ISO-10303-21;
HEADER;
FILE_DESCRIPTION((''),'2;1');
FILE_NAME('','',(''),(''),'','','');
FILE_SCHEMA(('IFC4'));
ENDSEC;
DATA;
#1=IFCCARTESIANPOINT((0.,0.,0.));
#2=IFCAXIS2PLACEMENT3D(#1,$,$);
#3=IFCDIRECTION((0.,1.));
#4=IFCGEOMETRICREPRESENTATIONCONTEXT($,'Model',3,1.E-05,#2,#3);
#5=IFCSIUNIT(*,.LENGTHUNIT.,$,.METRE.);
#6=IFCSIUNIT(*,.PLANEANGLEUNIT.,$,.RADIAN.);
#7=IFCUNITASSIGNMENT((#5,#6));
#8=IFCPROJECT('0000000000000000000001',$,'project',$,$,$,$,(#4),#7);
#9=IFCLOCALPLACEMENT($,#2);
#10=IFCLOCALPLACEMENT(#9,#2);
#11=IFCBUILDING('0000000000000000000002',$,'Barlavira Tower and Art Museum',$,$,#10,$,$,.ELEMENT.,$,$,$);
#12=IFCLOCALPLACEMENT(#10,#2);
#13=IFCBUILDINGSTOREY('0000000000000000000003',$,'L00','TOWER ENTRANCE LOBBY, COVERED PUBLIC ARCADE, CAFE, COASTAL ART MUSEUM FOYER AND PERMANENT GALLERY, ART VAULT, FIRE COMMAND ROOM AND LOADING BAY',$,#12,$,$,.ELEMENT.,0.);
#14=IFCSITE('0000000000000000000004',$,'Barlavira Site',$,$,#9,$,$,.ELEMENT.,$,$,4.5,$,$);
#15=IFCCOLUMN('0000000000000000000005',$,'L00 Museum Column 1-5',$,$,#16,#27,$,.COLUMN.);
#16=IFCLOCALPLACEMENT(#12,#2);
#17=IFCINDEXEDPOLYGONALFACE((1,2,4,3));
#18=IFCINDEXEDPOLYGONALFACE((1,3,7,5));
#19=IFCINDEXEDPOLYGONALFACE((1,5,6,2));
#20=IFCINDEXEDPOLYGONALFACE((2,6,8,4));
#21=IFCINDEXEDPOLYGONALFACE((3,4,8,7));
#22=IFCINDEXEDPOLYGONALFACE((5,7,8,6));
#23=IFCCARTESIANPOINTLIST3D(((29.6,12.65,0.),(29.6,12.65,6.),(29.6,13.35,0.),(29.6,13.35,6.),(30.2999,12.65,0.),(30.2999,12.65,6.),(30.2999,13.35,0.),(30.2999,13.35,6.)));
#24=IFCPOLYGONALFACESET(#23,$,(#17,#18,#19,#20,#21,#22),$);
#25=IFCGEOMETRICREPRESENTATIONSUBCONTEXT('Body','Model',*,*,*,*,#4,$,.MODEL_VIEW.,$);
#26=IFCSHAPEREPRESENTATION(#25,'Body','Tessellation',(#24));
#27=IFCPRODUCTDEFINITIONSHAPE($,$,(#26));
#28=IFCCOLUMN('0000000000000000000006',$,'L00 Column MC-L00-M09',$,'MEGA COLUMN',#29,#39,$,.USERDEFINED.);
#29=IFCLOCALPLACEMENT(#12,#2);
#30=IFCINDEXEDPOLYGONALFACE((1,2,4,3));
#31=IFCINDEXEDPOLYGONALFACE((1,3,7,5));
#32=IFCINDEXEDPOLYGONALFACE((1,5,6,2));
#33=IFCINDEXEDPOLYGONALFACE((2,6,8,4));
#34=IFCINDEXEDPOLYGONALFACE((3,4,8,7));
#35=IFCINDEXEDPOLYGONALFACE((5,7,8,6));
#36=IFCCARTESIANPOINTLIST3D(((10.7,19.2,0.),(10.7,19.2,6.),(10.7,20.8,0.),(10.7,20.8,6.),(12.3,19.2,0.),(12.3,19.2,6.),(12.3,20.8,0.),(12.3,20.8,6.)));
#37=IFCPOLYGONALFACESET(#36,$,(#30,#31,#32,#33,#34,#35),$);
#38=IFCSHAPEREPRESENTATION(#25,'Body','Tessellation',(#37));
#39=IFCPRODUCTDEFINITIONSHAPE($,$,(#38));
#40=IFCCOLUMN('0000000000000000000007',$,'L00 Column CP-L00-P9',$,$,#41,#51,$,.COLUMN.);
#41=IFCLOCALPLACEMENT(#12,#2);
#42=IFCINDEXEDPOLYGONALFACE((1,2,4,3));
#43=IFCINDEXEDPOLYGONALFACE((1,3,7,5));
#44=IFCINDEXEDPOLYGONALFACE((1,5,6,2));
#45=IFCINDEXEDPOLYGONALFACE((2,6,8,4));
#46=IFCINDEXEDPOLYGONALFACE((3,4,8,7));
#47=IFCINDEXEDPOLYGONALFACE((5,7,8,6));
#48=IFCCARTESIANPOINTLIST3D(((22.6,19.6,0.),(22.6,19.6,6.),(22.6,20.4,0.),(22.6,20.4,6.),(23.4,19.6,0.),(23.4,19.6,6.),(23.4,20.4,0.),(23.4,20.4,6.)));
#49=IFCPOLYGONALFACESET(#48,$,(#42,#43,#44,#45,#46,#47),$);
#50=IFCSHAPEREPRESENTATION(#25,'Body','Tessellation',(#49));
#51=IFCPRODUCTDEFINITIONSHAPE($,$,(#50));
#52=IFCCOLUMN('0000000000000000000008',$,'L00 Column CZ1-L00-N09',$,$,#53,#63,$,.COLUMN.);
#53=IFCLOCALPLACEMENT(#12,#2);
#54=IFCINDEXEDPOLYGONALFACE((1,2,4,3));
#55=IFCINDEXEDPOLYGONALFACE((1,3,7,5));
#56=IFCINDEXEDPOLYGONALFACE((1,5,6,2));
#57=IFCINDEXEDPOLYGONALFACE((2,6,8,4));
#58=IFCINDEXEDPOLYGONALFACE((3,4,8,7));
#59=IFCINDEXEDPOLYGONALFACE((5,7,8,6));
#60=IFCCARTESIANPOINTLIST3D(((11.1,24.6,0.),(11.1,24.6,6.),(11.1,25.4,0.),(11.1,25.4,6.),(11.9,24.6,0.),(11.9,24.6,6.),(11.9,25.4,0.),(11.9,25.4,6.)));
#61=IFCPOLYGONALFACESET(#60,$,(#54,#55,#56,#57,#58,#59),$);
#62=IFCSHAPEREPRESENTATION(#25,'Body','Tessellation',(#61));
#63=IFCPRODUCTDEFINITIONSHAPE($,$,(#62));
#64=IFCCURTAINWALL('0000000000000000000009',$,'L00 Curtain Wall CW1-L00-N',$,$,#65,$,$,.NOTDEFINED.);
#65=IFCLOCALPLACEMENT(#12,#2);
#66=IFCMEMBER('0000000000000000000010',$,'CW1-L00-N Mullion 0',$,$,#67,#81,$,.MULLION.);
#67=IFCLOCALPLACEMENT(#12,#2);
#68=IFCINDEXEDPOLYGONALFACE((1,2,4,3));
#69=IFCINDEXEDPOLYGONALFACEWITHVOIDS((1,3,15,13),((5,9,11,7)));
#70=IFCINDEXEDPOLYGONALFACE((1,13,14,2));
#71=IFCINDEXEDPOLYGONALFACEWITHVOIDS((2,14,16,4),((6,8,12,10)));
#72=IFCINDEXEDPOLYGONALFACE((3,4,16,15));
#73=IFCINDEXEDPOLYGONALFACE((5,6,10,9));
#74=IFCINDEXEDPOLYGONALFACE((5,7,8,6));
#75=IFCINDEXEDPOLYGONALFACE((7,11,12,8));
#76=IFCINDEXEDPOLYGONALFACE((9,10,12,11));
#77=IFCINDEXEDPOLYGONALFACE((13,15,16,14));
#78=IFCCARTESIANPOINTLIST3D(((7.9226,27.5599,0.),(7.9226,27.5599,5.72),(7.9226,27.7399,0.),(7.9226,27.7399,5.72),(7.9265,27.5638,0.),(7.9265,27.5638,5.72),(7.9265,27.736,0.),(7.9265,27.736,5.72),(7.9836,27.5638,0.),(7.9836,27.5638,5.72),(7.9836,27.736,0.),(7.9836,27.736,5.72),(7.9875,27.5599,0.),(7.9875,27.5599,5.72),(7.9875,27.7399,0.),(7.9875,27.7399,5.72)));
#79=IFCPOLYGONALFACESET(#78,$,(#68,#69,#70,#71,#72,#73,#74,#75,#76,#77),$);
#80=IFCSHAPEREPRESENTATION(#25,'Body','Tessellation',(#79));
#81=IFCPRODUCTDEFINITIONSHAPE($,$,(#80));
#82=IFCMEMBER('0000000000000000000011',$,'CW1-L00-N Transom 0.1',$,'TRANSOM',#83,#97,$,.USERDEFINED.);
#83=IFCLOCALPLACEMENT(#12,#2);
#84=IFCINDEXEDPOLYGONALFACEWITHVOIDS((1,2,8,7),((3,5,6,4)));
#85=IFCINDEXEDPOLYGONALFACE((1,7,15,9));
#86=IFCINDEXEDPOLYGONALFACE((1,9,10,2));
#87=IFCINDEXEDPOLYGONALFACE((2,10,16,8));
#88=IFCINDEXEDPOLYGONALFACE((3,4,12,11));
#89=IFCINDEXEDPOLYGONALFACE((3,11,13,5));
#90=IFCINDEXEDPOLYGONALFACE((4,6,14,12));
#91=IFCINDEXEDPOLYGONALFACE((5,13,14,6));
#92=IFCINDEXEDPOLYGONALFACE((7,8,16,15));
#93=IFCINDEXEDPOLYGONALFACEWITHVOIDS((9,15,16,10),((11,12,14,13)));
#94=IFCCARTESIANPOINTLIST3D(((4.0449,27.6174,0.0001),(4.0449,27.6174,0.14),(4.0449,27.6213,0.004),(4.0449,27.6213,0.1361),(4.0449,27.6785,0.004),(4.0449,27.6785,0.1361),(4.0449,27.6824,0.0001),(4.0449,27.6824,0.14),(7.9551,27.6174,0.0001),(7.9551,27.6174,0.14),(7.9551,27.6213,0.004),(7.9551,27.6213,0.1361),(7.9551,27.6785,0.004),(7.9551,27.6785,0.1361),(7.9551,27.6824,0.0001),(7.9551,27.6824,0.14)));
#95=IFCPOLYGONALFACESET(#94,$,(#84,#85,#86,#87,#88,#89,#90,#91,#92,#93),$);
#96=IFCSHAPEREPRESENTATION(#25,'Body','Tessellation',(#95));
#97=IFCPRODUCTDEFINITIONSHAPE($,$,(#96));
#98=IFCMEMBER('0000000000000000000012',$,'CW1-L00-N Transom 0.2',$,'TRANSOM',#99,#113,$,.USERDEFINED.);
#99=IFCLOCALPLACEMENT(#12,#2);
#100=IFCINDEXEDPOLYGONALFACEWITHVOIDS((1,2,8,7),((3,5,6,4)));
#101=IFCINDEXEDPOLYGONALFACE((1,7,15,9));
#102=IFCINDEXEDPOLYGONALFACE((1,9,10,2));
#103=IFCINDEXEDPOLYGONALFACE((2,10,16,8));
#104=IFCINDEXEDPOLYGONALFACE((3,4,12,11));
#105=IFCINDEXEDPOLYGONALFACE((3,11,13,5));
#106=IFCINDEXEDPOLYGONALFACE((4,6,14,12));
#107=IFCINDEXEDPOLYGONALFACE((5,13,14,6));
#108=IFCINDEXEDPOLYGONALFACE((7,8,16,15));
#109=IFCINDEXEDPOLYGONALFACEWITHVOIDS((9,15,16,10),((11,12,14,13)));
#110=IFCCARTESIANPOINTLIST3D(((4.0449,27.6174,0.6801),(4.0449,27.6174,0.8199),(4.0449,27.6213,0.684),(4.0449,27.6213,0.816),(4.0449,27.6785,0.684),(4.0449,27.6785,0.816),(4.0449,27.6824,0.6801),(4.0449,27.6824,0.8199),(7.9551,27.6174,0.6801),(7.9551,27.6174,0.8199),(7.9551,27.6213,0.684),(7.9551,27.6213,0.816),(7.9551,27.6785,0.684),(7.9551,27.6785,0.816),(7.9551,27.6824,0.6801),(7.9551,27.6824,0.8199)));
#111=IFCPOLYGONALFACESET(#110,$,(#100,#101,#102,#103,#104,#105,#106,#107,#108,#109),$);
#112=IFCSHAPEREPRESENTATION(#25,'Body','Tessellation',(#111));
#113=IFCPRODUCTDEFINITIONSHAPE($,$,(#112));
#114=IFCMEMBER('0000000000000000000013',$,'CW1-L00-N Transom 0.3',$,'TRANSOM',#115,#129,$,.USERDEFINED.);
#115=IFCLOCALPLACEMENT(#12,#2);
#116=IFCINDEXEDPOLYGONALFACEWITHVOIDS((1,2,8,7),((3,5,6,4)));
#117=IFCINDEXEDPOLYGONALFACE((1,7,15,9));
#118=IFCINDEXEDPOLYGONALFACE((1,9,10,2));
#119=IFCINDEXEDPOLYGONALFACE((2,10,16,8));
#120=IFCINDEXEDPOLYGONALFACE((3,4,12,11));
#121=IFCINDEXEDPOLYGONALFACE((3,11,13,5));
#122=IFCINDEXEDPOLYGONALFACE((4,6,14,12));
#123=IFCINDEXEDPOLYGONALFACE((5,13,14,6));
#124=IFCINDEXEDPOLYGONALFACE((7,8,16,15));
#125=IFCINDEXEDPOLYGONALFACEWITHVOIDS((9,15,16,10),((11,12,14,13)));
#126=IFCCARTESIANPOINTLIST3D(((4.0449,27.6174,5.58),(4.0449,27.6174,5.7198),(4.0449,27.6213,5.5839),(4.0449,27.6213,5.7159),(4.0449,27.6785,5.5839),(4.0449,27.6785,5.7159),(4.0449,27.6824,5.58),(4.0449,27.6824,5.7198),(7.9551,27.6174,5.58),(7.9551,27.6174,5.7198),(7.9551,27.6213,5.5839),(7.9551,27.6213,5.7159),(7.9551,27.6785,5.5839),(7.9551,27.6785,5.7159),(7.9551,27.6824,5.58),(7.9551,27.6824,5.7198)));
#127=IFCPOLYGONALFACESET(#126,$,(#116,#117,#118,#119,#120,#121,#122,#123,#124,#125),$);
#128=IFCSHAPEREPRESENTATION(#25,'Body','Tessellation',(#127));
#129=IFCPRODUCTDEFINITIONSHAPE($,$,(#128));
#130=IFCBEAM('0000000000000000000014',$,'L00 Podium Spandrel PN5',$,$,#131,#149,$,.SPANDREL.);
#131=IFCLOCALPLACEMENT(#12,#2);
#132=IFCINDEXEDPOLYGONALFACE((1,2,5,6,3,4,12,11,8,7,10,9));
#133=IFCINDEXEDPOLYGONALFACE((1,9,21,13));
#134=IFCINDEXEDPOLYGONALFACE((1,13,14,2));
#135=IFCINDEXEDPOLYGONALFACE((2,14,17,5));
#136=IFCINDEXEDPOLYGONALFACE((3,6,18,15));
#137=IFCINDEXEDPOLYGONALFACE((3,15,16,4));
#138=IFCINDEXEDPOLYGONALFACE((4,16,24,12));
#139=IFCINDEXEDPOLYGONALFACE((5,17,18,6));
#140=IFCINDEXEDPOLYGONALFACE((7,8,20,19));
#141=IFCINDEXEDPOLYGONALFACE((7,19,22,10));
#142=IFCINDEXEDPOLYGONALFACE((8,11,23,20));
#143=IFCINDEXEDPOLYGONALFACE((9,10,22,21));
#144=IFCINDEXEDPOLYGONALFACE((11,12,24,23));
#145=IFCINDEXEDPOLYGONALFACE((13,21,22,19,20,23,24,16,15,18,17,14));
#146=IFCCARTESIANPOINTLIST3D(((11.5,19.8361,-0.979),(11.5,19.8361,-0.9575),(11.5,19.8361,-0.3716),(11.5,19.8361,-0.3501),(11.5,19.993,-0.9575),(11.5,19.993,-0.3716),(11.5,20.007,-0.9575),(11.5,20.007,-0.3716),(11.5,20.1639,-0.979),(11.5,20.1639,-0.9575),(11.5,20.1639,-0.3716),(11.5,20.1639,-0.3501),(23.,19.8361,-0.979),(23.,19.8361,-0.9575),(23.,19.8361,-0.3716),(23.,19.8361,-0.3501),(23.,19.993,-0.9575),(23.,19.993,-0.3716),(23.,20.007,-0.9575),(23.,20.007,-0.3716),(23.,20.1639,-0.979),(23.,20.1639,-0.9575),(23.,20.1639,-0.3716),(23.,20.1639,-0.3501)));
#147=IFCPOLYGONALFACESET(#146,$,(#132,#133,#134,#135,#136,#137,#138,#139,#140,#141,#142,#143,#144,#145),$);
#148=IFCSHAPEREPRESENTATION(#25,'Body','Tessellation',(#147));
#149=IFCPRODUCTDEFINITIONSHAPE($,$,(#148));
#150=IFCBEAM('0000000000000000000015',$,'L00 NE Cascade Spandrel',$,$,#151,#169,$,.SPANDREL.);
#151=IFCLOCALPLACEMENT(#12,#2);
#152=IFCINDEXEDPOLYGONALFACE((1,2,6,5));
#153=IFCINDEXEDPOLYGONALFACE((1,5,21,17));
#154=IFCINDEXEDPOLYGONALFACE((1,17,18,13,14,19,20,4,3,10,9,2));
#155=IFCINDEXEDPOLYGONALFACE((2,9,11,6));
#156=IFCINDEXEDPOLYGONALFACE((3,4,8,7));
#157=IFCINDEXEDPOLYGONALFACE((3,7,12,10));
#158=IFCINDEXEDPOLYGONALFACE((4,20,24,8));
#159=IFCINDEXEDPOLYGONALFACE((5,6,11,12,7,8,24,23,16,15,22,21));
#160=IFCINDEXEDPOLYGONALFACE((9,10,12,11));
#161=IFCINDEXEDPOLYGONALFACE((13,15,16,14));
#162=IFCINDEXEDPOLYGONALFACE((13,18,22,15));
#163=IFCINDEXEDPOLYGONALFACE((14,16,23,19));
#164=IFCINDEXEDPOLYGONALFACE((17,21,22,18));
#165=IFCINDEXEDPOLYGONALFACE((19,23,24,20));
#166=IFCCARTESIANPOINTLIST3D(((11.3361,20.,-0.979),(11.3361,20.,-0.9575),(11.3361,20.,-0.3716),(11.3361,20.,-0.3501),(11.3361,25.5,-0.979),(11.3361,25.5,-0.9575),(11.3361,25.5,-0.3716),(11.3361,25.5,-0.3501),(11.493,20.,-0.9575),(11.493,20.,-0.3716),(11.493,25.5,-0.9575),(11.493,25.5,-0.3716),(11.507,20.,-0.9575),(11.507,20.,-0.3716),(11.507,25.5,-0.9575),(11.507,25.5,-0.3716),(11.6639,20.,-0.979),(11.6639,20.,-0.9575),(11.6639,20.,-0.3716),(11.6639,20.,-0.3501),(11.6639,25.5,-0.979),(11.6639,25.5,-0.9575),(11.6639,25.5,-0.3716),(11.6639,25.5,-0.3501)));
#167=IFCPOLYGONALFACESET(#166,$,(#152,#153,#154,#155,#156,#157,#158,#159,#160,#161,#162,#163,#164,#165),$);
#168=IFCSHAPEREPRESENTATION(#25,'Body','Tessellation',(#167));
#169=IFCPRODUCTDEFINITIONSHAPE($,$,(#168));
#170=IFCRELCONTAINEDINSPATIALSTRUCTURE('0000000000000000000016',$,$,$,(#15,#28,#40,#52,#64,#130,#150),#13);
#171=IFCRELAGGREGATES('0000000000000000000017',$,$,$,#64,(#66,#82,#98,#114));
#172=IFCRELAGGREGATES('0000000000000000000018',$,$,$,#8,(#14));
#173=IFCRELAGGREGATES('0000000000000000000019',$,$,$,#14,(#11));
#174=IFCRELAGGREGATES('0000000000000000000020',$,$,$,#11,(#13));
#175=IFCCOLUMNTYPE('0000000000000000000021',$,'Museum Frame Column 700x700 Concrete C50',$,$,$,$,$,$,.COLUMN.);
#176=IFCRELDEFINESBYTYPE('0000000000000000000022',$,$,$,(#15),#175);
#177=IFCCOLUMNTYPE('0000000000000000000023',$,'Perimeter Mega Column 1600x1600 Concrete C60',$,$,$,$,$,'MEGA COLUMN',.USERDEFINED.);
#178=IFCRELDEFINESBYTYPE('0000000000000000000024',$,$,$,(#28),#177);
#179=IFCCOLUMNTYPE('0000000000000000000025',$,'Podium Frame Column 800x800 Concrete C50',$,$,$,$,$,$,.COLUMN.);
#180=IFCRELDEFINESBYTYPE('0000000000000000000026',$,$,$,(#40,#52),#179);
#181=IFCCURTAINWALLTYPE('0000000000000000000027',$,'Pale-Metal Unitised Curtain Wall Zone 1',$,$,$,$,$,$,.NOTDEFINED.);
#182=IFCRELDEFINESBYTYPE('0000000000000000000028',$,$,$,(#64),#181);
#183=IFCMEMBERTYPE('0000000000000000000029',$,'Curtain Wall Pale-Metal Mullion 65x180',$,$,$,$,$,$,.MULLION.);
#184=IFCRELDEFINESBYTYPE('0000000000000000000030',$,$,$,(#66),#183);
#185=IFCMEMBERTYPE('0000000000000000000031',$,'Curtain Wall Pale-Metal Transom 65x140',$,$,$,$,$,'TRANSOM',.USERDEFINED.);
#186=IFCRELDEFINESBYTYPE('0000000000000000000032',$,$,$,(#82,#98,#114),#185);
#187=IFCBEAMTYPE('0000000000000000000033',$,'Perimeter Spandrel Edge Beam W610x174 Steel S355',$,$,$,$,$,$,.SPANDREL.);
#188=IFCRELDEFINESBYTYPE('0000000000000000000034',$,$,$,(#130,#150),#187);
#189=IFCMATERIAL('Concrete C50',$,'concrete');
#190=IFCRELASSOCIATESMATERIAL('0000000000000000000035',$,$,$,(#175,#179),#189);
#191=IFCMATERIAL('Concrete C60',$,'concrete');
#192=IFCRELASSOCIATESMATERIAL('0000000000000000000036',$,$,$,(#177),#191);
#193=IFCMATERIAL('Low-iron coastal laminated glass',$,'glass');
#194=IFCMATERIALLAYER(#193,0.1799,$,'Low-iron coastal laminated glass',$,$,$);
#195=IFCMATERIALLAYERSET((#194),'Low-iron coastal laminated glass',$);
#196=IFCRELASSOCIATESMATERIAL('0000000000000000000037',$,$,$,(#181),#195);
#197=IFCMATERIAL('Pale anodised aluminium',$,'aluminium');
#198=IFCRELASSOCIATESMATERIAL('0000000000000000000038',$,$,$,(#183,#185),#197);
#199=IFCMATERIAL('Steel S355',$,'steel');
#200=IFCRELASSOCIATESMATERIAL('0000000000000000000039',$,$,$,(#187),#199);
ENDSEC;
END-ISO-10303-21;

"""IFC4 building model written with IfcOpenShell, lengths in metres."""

from ifc_helpers import new_model, si_unit, direction, frame, origin, origin_2d, place, context, subcontext, project, spatial, rectangle, hollow_rectangle, i_section, extrude, material, layer, layer_set, material_profile, profile_set, type_object, element, aggregate, save


model = new_model("IFC4")

# Units and contexts
model_context = context("Model", 3, precision=1e-05, world=origin(), true_north=direction((0.0, 1.0)))
body_context = subcontext(model_context, "Body", "Model", "MODEL_VIEW")
ifc_project = project(units=[si_unit("LENGTHUNIT", "METRE"), si_unit("PLANEANGLEUNIT", "RADIAN")], contexts=[model_context])

# Site, building, storey
site_placement = place(None, origin())
site = spatial("IfcSite", under=ifc_project, at=site_placement, Name="Barlavira Site", CompositionType="ELEMENT", RefElevation=4.5)
building_placement = place(site_placement, origin())
building = spatial("IfcBuilding", under=site, at=building_placement, Name="Barlavira Tower and Art Museum", CompositionType="ELEMENT")
storey_placement = place(building_placement, origin())
storey = spatial("IfcBuildingStorey", under=building, at=storey_placement, Name="L00", Description="TOWER ENTRANCE LOBBY, COVERED PUBLIC ARCADE, CAFE, COASTAL ART MUSEUM FOYER AND PERMANENT GALLERY, ART VAULT, FIRE COMMAND ROOM AND LOADING BAY", CompositionType="ELEMENT", Elevation=0.0)

# Columns
ifc_material_1 = material(Name="Concrete C50", Category="concrete")
ifc_material_profile_1 = material_profile(ifc_material_1, rectangle(XDim=0.7, YDim=0.7, at=origin_2d()), Name="RC-COL 700x700")
ifc_profile_set_1 = profile_set([ifc_material_profile_1], Name="Concrete C50")
column_type_1 = type_object("IfcColumnType", Name="Museum Frame Column 700x700 Concrete C50", PredefinedType="COLUMN", material=ifc_profile_set_1)
column_1_placement = place(storey_placement, frame((29.95, 13.0, 0.0), z_axis=(0.0, 0.0, 1.0), x_axis=(1.0, 0.0, 0.0)))
element("IfcColumn", 1, at=column_1_placement, inside=storey, type_object=column_type_1, Name="L00 Museum Column 1-5", PredefinedType="COLUMN", context=body_context, shape_type="SweptSolid", body=[
    extrude(rectangle(XDim=0.7, YDim=0.7, at=origin_2d()), origin(), (0.0, 0.0, 1.0), 6.0),
])
ifc_material_2 = material(Name="Concrete C60", Category="concrete")
ifc_material_profile_2 = material_profile(ifc_material_2, rectangle(XDim=1.6001, YDim=1.6001, at=origin_2d()), Name="RC-MCOL 1600x1600")
ifc_profile_set_2 = profile_set([ifc_material_profile_2], Name="Concrete C60")
column_type_2 = type_object("IfcColumnType", Name="Perimeter Mega Column 1600x1600 Concrete C60", ElementType="MEGA COLUMN", PredefinedType="USERDEFINED", material=ifc_profile_set_2)
column_2_placement = place(storey_placement, frame((11.5, 20.0, 0.0), z_axis=(0.0, 0.0, 1.0), x_axis=(1.0, 0.0, 0.0)))
element("IfcColumn", 2, at=column_2_placement, inside=storey, type_object=column_type_2, Name="L00 Column MC-L00-M09", ObjectType="MEGA COLUMN", PredefinedType="USERDEFINED", context=body_context, shape_type="SweptSolid", body=[
    extrude(rectangle(XDim=1.6001, YDim=1.6001, at=origin_2d()), origin(), (0.0, 0.0, 1.0), 6.0),
])
ifc_material_profile_3 = material_profile(ifc_material_1, rectangle(XDim=0.8, YDim=0.8, at=origin_2d()), Name="RC-COL 800x800")
ifc_profile_set_3 = profile_set([ifc_material_profile_3], Name="Concrete C50")
column_type_3 = type_object("IfcColumnType", Name="Podium Frame Column 800x800 Concrete C50", PredefinedType="COLUMN", material=ifc_profile_set_3)
for number, where, z_axis, x_axis, name in (
    (3, (23.0, 20.0, 0.0), (0.0, 0.0, 1.0), (1.0, 0.0, 0.0), "L00 Column CP-L00-P9"),
    (4, (11.5, 25.0, 0.0), (0.0, 0.0, 1.0), (1.0, 0.0, 0.0), "L00 Column CZ1-L00-N09"),
):
    element("IfcColumn", number, at=place(storey_placement, frame(where, z_axis=z_axis, x_axis=x_axis)), inside=storey, type_object=column_type_3, Name=name, PredefinedType="COLUMN", context=body_context, shape_type="SweptSolid", body=[
        extrude(rectangle(XDim=0.8, YDim=0.8, at=origin_2d()), origin(), (0.0, 0.0, 1.0), 6.0),
    ])

# Curtain wall, members
ifc_material_3 = material(Name="Low-iron coastal laminated glass", Category="glass")
ifc_layer_1 = layer(ifc_material_3, 0.1799, Name="Low-iron coastal laminated glass")
ifc_layer_set_1 = layer_set([ifc_layer_1], Name="Low-iron coastal laminated glass")
curtain_wall_type = type_object("IfcCurtainWallType", Name="Pale-Metal Unitised Curtain Wall Zone 1", PredefinedType="NOTDEFINED", material=ifc_layer_set_1)
curtain_wall_placement = place(storey_placement, origin())
curtain_wall = element("IfcCurtainWall", 5, at=curtain_wall_placement, inside=storey, type_object=curtain_wall_type, Name="L00 Curtain Wall CW1-L00-N", PredefinedType="NOTDEFINED")
ifc_material_4 = material(Name="Pale anodised aluminium", Category="aluminium")
ifc_material_profile_4 = material_profile(ifc_material_4, hollow_rectangle(XDim=0.0649, YDim=0.1799, WallThickness=0.0039, at=origin_2d()), Name="ALU-MULL 65x180x4")
ifc_profile_set_4 = profile_set([ifc_material_profile_4], Name="Pale anodised aluminium")
member_type_1 = type_object("IfcMemberType", Name="Curtain Wall Pale-Metal Mullion 65x180", PredefinedType="MULLION", material=ifc_profile_set_4)
member_1_placement = place(storey_placement, frame((7.9551, 27.6499, 0.0), z_axis=(0.0, 0.0, 1.0), x_axis=(-1.0, 0.0, 0.0)))
member_1 = element("IfcMember", 6, at=member_1_placement, type_object=member_type_1, Name="CW1-L00-N Mullion 0", PredefinedType="MULLION", context=body_context, shape_type="SweptSolid", body=[
    extrude(hollow_rectangle(XDim=0.0649, YDim=0.1799, WallThickness=0.0039, at=origin_2d()), origin(), (0.0, 0.0, 1.0), 5.72),
])
ifc_material_profile_5 = material_profile(ifc_material_4, hollow_rectangle(XDim=0.0649, YDim=0.1399, WallThickness=0.0039, at=origin_2d()), Name="ALU-TRAN 65x140x4")
ifc_profile_set_5 = profile_set([ifc_material_profile_5], Name="Pale anodised aluminium")
member_type_2 = type_object("IfcMemberType", Name="Curtain Wall Pale-Metal Transom 65x140", ElementType="TRANSOM", PredefinedType="USERDEFINED", material=ifc_profile_set_5)
member_2_placement = place(storey_placement, frame((7.9551, 27.6499, 0.0701), z_axis=(-1.0, 0.0, 0.0), x_axis=(0.0, -1.0, 0.0)))
member_2 = element("IfcMember", 7, at=member_2_placement, type_object=member_type_2, Name="CW1-L00-N Transom 0.1", ObjectType="TRANSOM", PredefinedType="USERDEFINED", context=body_context, shape_type="SweptSolid", body=[
    extrude(hollow_rectangle(XDim=0.0649, YDim=0.1399, WallThickness=0.0039, at=origin_2d()), origin(), (0.0, 0.0, 1.0), 3.9102),
])
member_3_placement = place(storey_placement, frame((7.9551, 27.6499, 0.75), z_axis=(-1.0, 0.0, 0.0), x_axis=(0.0, -1.0, 0.0)))
member_3 = element("IfcMember", 8, at=member_3_placement, type_object=member_type_2, Name="CW1-L00-N Transom 0.2", ObjectType="TRANSOM", PredefinedType="USERDEFINED", context=body_context, shape_type="SweptSolid", body=[
    extrude(hollow_rectangle(XDim=0.0649, YDim=0.1399, WallThickness=0.0039, at=origin_2d()), origin(), (0.0, 0.0, 1.0), 3.9102),
])
member_4_placement = place(storey_placement, frame((7.9551, 27.6499, 5.6499), z_axis=(-1.0, 0.0, 0.0), x_axis=(0.0, -1.0, 0.0)))
member_4 = element("IfcMember", 9, at=member_4_placement, type_object=member_type_2, Name="CW1-L00-N Transom 0.3", ObjectType="TRANSOM", PredefinedType="USERDEFINED", context=body_context, shape_type="SweptSolid", body=[
    extrude(hollow_rectangle(XDim=0.0649, YDim=0.1399, WallThickness=0.0039, at=origin_2d()), origin(), (0.0, 0.0, 1.0), 3.9102),
])
aggregate(curtain_wall, [member_1, member_2, member_3, member_4])

# Beams
ifc_material_5 = material(Name="Steel S355", Category="steel")
ifc_material_profile_6 = material_profile(ifc_material_5, i_section(OverallWidth=0.3279, OverallDepth=0.6289, WebThickness=0.0139, FlangeThickness=0.0215, at=origin_2d()), Name="W610x174.0")
ifc_profile_set_6 = profile_set([ifc_material_profile_6], Name="Steel S355")
beam_type = type_object("IfcBeamType", Name="Perimeter Spandrel Edge Beam W610x174 Steel S355", PredefinedType="SPANDREL", material=ifc_profile_set_6)
beam_1_placement = place(storey_placement, frame((11.5, 20.0, -0.6646), z_axis=(1.0, 0.0, 0.0), x_axis=(0.0, 1.0, 0.0)))
element("IfcBeam", 10, at=beam_1_placement, inside=storey, type_object=beam_type, Name="L00 Podium Spandrel PN5", PredefinedType="SPANDREL", context=body_context, shape_type="SweptSolid", body=[
    extrude(i_section(OverallWidth=0.3279, OverallDepth=0.6289, WebThickness=0.0139, FlangeThickness=0.0215, at=origin_2d()), origin(), (0.0, 0.0, 1.0), 11.5),
])
beam_2_placement = place(storey_placement, frame((11.5, 20.0, -0.6646), z_axis=(0.0, 1.0, 0.0), x_axis=(-1.0, 0.0, 0.0)))
element("IfcBeam", 11, at=beam_2_placement, inside=storey, type_object=beam_type, Name="L00 NE Cascade Spandrel", PredefinedType="SPANDREL", context=body_context, shape_type="SweptSolid", body=[
    extrude(i_section(OverallWidth=0.3279, OverallDepth=0.6289, WebThickness=0.0139, FlangeThickness=0.0215, at=origin_2d()), origin(), (0.0, 0.0, 1.0), 5.5),
])

save(model, "model.ifc")
